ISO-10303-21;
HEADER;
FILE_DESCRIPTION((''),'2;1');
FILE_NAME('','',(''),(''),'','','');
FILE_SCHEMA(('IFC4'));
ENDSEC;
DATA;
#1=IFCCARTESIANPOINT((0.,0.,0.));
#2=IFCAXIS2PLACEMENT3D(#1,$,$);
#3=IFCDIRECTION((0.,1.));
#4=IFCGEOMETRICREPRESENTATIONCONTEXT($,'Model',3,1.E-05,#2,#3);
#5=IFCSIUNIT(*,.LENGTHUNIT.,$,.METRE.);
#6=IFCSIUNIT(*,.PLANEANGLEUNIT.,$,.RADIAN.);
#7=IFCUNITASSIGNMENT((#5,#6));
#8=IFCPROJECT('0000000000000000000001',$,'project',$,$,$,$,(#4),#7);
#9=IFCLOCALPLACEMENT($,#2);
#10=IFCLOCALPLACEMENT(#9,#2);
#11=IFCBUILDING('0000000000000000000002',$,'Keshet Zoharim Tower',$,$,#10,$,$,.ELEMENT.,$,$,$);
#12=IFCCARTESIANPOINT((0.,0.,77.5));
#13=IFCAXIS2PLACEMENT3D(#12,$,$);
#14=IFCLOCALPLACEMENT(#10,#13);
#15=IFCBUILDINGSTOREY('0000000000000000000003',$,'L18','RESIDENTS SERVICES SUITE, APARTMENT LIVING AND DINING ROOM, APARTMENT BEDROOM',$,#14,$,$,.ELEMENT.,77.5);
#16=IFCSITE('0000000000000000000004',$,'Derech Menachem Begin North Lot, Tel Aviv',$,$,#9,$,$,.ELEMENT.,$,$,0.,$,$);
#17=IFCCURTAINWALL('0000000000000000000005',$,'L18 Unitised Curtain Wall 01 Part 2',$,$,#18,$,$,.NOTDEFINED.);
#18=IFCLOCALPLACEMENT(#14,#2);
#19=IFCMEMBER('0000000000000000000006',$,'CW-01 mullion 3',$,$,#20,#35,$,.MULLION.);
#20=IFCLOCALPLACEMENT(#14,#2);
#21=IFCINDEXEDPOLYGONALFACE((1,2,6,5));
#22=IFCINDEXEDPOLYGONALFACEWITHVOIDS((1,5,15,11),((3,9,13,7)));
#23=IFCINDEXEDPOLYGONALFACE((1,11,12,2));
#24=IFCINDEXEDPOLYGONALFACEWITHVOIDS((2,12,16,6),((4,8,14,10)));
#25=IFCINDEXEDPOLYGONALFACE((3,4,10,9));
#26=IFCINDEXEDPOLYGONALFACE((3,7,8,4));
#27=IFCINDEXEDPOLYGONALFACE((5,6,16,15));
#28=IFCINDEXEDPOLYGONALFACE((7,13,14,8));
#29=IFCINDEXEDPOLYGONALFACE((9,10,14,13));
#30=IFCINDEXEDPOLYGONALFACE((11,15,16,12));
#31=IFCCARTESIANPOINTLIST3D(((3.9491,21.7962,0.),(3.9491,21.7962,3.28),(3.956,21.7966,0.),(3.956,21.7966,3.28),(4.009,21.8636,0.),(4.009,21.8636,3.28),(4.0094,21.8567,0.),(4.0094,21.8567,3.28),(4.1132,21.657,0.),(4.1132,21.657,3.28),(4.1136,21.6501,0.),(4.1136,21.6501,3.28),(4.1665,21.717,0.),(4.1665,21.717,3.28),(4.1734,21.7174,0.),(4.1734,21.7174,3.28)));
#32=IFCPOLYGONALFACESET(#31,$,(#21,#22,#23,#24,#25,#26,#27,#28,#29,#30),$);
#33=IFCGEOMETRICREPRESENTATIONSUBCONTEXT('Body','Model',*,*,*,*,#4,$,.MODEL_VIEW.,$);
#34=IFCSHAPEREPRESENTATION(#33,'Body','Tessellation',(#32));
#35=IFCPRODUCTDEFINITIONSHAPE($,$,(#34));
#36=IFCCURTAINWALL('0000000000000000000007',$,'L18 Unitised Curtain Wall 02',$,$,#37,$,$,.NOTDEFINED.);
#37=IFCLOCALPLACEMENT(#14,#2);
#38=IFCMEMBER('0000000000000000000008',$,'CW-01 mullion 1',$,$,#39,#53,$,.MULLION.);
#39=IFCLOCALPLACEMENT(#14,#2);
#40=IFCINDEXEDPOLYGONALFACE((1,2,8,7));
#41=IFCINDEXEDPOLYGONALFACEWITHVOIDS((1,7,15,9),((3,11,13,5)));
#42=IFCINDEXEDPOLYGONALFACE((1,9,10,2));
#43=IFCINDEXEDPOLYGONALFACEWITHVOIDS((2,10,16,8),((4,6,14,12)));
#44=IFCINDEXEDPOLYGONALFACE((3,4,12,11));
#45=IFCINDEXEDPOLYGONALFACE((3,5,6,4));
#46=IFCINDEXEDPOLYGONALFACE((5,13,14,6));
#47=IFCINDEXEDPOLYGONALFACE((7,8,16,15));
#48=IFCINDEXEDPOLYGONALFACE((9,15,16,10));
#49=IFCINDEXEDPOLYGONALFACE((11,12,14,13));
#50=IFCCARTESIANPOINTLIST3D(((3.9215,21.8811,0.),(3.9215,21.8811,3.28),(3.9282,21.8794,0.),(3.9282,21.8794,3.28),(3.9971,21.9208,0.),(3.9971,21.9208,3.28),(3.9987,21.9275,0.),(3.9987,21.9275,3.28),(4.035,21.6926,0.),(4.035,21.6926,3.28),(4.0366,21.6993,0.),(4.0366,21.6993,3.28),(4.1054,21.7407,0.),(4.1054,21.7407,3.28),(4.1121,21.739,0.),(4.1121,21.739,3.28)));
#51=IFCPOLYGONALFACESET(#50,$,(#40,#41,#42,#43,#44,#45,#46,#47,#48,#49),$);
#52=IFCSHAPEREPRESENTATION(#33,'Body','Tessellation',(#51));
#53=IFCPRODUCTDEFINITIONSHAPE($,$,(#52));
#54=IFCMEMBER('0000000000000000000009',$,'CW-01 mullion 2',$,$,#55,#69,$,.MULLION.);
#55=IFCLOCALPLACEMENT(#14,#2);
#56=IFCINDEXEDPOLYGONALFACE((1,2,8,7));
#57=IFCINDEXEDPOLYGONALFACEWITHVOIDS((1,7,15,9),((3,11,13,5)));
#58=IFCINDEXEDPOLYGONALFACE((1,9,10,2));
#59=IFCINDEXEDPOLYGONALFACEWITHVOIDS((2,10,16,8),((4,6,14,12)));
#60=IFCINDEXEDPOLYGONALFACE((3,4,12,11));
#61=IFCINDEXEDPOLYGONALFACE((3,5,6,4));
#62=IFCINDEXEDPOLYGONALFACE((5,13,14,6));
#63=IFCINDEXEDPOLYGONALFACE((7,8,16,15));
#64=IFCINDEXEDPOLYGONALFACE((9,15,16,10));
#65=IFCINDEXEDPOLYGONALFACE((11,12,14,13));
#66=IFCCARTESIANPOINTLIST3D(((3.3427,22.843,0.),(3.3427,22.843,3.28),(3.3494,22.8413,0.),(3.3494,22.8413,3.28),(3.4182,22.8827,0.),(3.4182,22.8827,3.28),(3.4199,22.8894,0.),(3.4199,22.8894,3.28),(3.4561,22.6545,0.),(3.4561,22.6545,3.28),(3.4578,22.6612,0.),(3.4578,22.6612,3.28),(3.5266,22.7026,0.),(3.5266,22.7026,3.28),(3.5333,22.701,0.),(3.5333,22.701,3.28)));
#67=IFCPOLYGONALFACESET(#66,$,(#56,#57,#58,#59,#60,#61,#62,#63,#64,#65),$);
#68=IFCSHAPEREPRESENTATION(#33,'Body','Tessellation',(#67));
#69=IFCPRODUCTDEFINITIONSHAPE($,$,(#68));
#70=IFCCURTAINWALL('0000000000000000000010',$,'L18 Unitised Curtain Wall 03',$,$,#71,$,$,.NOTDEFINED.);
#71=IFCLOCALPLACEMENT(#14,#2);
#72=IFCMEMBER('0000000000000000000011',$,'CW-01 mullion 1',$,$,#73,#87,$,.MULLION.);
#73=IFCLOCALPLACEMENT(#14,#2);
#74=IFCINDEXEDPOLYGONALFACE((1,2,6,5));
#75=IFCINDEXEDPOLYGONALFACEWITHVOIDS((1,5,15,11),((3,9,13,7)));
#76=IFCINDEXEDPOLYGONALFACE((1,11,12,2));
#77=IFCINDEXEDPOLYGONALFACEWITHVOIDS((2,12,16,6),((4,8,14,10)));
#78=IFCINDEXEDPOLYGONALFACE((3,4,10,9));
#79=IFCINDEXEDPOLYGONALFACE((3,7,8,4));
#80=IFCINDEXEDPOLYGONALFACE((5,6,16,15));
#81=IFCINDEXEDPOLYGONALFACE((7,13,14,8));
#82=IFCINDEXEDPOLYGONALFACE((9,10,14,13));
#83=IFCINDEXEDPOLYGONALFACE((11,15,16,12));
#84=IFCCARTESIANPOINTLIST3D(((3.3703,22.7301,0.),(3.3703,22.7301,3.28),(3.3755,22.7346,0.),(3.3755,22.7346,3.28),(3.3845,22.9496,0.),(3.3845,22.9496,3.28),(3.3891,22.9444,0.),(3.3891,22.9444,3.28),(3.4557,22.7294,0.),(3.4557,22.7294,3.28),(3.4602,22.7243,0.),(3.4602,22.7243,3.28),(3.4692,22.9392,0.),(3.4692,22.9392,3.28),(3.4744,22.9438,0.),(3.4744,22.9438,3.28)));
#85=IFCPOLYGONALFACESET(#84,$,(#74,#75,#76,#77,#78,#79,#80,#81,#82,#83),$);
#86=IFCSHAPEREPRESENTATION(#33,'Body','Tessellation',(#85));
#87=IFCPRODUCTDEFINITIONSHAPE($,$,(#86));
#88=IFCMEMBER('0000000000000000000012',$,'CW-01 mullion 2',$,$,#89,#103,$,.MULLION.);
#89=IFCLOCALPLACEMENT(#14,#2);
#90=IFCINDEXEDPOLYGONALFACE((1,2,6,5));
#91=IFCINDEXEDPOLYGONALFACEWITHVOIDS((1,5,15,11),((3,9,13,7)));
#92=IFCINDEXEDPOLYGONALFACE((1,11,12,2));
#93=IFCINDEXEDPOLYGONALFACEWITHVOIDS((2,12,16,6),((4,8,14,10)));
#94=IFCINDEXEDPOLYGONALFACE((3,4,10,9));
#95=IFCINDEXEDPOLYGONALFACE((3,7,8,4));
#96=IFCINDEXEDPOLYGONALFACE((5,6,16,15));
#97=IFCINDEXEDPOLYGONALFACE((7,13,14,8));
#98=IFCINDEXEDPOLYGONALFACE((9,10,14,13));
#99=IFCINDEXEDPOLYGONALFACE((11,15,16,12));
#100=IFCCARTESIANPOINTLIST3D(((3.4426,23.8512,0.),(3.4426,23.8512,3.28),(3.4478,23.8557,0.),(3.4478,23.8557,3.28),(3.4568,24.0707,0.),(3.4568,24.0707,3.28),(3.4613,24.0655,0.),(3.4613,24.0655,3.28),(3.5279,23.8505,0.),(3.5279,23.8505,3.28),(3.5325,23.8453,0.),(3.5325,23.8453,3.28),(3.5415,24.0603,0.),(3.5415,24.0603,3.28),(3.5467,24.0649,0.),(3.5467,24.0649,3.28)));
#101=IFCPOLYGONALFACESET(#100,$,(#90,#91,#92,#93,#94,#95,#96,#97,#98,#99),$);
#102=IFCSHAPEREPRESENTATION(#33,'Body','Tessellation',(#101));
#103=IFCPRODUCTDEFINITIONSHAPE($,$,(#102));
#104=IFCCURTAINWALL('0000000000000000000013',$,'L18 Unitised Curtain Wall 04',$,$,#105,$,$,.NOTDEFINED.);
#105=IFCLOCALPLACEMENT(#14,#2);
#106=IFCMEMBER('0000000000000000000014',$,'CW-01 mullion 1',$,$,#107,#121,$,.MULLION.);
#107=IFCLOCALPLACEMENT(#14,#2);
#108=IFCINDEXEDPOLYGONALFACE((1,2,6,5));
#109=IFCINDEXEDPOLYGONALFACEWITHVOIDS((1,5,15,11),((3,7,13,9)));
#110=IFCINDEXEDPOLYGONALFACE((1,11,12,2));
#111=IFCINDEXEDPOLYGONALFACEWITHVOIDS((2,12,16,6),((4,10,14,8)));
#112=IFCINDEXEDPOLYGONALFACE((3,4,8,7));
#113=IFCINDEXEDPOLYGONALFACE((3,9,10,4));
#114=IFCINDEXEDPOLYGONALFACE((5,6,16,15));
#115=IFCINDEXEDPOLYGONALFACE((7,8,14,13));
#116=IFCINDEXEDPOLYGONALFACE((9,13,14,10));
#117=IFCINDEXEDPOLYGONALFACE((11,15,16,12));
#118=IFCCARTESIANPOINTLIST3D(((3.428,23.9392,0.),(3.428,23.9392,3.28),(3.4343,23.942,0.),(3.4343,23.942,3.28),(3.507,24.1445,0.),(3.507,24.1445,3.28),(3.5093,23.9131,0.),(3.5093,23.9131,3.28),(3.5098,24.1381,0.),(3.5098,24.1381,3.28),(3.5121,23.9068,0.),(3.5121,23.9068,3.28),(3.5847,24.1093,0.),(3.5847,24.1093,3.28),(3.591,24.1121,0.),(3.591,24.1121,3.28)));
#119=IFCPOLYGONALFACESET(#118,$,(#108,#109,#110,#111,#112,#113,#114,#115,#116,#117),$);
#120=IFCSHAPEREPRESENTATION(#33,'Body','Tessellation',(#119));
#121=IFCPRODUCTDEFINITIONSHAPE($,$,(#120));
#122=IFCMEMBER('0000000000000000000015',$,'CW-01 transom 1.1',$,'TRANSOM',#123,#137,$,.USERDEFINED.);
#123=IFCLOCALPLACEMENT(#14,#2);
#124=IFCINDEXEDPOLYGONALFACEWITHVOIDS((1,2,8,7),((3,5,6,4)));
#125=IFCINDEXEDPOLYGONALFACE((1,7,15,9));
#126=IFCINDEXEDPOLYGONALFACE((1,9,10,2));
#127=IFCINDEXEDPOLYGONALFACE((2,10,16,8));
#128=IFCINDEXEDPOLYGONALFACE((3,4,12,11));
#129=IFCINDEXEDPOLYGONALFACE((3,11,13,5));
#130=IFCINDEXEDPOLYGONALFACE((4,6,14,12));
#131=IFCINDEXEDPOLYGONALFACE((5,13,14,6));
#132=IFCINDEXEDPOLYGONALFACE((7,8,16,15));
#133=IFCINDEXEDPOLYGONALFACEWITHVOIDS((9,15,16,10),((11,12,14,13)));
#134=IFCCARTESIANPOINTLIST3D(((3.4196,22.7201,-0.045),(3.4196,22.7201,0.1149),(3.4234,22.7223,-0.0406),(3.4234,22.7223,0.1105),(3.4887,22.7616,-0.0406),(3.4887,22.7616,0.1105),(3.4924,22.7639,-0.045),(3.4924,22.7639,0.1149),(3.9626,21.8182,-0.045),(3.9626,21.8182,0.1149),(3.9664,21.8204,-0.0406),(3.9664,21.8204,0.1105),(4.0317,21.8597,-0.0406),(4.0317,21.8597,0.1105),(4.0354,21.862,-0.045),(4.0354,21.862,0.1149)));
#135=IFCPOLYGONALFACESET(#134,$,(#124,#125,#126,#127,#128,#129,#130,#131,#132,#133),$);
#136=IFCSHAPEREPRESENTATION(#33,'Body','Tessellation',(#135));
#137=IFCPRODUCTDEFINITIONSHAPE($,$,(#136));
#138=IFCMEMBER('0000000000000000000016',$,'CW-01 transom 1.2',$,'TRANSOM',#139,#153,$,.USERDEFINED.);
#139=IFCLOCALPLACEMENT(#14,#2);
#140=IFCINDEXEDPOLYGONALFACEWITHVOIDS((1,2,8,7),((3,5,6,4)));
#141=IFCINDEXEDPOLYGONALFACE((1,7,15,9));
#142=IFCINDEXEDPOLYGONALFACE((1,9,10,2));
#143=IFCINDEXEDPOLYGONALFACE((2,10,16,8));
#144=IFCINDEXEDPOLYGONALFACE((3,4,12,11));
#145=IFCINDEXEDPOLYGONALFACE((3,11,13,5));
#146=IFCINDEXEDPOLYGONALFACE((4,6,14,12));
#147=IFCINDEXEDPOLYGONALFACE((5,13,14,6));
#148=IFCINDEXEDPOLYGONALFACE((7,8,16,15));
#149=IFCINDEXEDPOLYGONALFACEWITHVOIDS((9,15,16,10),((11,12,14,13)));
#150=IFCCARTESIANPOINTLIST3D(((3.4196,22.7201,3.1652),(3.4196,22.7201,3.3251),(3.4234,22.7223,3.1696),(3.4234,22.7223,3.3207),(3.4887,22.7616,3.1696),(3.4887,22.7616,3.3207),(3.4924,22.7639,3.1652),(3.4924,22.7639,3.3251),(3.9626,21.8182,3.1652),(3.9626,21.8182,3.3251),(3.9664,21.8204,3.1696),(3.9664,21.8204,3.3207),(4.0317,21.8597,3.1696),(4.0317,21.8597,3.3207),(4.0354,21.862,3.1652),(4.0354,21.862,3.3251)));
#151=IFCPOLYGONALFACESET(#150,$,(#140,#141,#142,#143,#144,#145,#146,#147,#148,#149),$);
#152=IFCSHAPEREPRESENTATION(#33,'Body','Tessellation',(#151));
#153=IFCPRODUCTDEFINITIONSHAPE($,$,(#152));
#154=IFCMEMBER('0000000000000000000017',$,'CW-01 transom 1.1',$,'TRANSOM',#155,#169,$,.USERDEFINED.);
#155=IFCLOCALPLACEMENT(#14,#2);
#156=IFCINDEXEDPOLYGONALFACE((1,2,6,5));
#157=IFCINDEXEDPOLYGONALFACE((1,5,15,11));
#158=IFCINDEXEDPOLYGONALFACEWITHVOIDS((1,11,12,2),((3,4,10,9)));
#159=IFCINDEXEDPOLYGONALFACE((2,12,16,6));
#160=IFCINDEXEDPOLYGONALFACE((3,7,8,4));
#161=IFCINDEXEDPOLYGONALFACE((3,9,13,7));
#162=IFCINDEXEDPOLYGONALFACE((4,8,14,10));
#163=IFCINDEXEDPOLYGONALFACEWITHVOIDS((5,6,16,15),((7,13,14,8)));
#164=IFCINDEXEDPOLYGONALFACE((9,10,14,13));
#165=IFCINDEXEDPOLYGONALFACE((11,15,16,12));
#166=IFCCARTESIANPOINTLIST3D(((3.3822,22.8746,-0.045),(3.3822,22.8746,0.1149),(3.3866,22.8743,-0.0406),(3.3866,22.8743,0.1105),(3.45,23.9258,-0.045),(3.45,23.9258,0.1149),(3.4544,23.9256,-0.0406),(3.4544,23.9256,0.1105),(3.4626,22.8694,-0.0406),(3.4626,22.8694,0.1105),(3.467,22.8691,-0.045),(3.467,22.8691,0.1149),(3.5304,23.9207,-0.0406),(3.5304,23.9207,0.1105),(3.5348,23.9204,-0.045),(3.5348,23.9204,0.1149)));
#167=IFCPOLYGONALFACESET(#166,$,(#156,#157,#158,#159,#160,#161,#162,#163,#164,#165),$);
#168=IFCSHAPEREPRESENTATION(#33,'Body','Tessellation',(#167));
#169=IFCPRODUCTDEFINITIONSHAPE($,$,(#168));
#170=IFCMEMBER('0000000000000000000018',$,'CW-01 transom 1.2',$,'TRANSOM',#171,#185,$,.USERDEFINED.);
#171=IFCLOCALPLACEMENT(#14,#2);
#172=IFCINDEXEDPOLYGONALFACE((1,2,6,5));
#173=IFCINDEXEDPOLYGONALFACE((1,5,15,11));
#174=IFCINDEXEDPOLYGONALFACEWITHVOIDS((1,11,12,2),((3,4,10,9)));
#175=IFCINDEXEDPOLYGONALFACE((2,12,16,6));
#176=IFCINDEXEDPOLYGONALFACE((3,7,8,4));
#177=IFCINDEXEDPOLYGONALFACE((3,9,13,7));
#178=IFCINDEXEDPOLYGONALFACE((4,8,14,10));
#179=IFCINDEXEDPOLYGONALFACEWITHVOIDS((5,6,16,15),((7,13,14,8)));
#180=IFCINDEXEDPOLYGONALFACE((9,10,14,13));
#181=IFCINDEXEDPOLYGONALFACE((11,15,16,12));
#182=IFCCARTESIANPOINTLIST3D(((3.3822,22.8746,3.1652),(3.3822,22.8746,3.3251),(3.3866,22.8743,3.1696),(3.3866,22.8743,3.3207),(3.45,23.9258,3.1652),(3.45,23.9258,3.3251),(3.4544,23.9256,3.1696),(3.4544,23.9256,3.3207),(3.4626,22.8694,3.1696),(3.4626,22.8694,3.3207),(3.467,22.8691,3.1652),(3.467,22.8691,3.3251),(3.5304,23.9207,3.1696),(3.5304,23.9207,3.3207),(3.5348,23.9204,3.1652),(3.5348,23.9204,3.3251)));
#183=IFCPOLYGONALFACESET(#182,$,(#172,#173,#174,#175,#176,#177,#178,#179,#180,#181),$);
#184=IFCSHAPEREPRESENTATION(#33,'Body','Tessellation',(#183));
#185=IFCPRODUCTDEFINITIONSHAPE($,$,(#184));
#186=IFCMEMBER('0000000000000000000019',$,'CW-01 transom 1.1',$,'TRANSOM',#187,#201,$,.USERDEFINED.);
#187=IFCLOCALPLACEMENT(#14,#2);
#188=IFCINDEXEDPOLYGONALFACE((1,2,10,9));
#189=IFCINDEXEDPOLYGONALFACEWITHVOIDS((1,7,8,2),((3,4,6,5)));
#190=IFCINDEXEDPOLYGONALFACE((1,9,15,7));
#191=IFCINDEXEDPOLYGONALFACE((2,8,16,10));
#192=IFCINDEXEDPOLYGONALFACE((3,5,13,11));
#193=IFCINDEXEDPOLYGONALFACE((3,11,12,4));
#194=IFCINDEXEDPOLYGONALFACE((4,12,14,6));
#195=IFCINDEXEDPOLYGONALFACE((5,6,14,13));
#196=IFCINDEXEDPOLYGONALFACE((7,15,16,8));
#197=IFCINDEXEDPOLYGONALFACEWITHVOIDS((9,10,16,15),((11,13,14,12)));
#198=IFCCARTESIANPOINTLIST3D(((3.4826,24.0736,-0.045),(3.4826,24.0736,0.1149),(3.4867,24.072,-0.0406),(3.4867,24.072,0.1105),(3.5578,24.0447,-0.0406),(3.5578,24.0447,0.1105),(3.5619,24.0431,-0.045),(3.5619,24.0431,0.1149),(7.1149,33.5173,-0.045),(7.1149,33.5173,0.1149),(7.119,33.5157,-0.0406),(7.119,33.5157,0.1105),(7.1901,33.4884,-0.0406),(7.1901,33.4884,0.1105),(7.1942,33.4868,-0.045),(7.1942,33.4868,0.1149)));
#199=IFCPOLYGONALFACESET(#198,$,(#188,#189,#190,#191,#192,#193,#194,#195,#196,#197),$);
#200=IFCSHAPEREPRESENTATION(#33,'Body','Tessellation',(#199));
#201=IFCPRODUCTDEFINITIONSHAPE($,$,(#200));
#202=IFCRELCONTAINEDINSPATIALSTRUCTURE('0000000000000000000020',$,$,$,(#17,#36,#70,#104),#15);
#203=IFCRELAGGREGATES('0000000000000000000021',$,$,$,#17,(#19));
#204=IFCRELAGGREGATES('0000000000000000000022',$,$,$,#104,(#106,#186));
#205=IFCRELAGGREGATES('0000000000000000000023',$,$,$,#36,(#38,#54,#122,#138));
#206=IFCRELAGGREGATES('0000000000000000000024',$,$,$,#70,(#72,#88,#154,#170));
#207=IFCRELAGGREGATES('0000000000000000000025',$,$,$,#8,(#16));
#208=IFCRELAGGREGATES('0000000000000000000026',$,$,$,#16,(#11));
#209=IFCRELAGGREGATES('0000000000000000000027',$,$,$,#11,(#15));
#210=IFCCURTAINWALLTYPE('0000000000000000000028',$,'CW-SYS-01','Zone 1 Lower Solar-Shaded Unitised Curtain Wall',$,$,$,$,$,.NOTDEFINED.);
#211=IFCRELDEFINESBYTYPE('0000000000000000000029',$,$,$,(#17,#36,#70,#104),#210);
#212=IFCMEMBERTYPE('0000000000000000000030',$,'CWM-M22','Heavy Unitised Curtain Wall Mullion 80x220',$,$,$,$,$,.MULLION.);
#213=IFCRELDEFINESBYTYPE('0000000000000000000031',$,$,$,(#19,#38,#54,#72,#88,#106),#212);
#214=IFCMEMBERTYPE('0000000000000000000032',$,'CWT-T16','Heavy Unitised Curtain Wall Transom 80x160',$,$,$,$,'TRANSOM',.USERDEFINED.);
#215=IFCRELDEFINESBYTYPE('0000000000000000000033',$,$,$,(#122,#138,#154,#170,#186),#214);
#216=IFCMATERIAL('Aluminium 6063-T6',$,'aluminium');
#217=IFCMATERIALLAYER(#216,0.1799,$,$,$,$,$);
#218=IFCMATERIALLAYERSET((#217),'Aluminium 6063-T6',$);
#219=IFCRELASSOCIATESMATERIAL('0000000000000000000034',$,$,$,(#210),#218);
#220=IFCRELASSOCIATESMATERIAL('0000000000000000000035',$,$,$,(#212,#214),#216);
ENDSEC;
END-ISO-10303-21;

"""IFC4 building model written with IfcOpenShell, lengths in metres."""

from ifc_helpers import new_model, si_unit, direction, frame, origin, origin_2d, place, context, subcontext, project, spatial, hollow_rectangle, extrude, material, layer, layer_set, material_profile, profile_set, type_object, element, aggregate, save


model = new_model("IFC4")

# Units and contexts
model_context = context("Model", 3, precision=1e-05, world=origin(), true_north=direction((0.0, 1.0)))
body_context = subcontext(model_context, "Body", "Model", "MODEL_VIEW")
ifc_project = project(units=[si_unit("LENGTHUNIT", "METRE"), si_unit("PLANEANGLEUNIT", "RADIAN")], contexts=[model_context])

# Site, building, storey
site_placement = place(None, origin())
site = spatial("IfcSite", under=ifc_project, at=site_placement, Name="Derech Menachem Begin North Lot, Tel Aviv", CompositionType="ELEMENT", RefElevation=0.0)
building_placement = place(site_placement, origin())
building = spatial("IfcBuilding", under=site, at=building_placement, Name="Keshet Zoharim Tower", CompositionType="ELEMENT")
storey_placement = place(building_placement, frame((0.0, 0.0, 77.5)))
storey = spatial("IfcBuildingStorey", under=building, at=storey_placement, Name="L18", Description="RESIDENTS SERVICES SUITE, APARTMENT LIVING AND DINING ROOM, APARTMENT BEDROOM", CompositionType="ELEMENT", Elevation=77.5)

# Curtain wall, member
ifc_material_1 = material(Name="Aluminium 6063-T6", Category="aluminium")
ifc_layer_1 = layer(ifc_material_1, 0.1799)
ifc_layer_set_1 = layer_set([ifc_layer_1], Name="Aluminium 6063-T6")
curtain_wall_type = type_object("IfcCurtainWallType", Name="CW-SYS-01", Description="Zone 1 Lower Solar-Shaded Unitised Curtain Wall", PredefinedType="NOTDEFINED", material=ifc_layer_set_1)
curtain_wall_1_placement = place(storey_placement, origin())
curtain_wall_1 = element("IfcCurtainWall", 1, at=curtain_wall_1_placement, inside=storey, type_object=curtain_wall_type, Name="L18 Unitised Curtain Wall 01 Part 2", PredefinedType="NOTDEFINED")
ifc_material_profile_1 = material_profile(ifc_material_1, hollow_rectangle(XDim=0.0901, YDim=0.22, WallThickness=0.0049, at=origin_2d()), Name="MUL-90x220")
ifc_profile_set_1 = profile_set([ifc_material_profile_1], Name="Aluminium 6063-T6")
member_type_1 = type_object("IfcMemberType", Name="CWM-M22", Description="Heavy Unitised Curtain Wall Mullion 80x220", PredefinedType="MULLION", material=ifc_profile_set_1)
member_1_placement = place(storey_placement, frame((4.0613, 21.7568, 0.0), z_axis=(0.0, 0.0, 1.0), x_axis=(-0.664364, -0.74741, 0.0)))
member_1 = element("IfcMember", 2, at=member_1_placement, type_object=member_type_1, Name="CW-01 mullion 3", PredefinedType="MULLION", context=body_context, shape_type="SweptSolid", body=[
    extrude(hollow_rectangle(XDim=0.0901, YDim=0.22, WallThickness=0.0049, at=origin_2d()), origin(), (0.0, 0.0, 1.0), 3.28),
])
aggregate(curtain_wall_1, [member_1])

# Curtain walls, members
curtain_wall_2_placement = place(storey_placement, origin())
curtain_wall_2 = element("IfcCurtainWall", 3, at=curtain_wall_2_placement, inside=storey, type_object=curtain_wall_type, Name="L18 Unitised Curtain Wall 02", PredefinedType="NOTDEFINED")
member_2_placement = place(storey_placement, frame((4.0168, 21.8101, 0.0), z_axis=(0.0, 0.0, 1.0), x_axis=(-0.856826, -0.515605, 0.0)))
member_2 = element("IfcMember", 4, at=member_2_placement, type_object=member_type_1, Name="CW-01 mullion 1", PredefinedType="MULLION", context=body_context, shape_type="SweptSolid", body=[
    extrude(hollow_rectangle(XDim=0.0901, YDim=0.22, WallThickness=0.0049, at=origin_2d()), origin(), (0.0, 0.0, 1.0), 3.28),
])
member_3_placement = place(storey_placement, frame((3.438, 22.772, 0.0), z_axis=(0.0, 0.0, 1.0), x_axis=(-0.856826, -0.515605, 0.0)))
member_3 = element("IfcMember", 5, at=member_3_placement, type_object=member_type_1, Name="CW-01 mullion 2", PredefinedType="MULLION", context=body_context, shape_type="SweptSolid", body=[
    extrude(hollow_rectangle(XDim=0.0901, YDim=0.22, WallThickness=0.0049, at=origin_2d()), origin(), (0.0, 0.0, 1.0), 3.28),
])
curtain_wall_3_placement = place(storey_placement, origin())
curtain_wall_3 = element("IfcCurtainWall", 6, at=curtain_wall_3_placement, inside=storey, type_object=curtain_wall_type, Name="L18 Unitised Curtain Wall 03", PredefinedType="NOTDEFINED")
member_4_placement = place(storey_placement, frame((3.4224, 22.8369, 0.0), z_axis=(0.0, 0.0, 1.0), x_axis=(-0.997917, 0.064517, 0.0)))
member_4 = element("IfcMember", 7, at=member_4_placement, type_object=member_type_1, Name="CW-01 mullion 1", PredefinedType="MULLION", context=body_context, shape_type="SweptSolid", body=[
    extrude(hollow_rectangle(XDim=0.0901, YDim=0.22, WallThickness=0.0049, at=origin_2d()), origin(), (0.0, 0.0, 1.0), 3.28),
])
member_5_placement = place(storey_placement, frame((3.4946, 23.958, 0.0), z_axis=(0.0, 0.0, 1.0), x_axis=(-0.997917, 0.064517, 0.0)))
member_5 = element("IfcMember", 8, at=member_5_placement, type_object=member_type_1, Name="CW-01 mullion 2", PredefinedType="MULLION", context=body_context, shape_type="SweptSolid", body=[
    extrude(hollow_rectangle(XDim=0.0901, YDim=0.22, WallThickness=0.0049, at=origin_2d()), origin(), (0.0, 0.0, 1.0), 3.28),
])

# Curtain wall, member
curtain_wall_4_placement = place(storey_placement, origin())
curtain_wall_4 = element("IfcCurtainWall", 9, at=curtain_wall_4_placement, inside=storey, type_object=curtain_wall_type, Name="L18 Unitised Curtain Wall 04", PredefinedType="NOTDEFINED")
member_6_placement = place(storey_placement, frame((3.5095, 24.0256, 0.0), z_axis=(0.0, 0.0, 1.0), x_axis=(-0.933341, 0.35899, 0.0)))
member_6 = element("IfcMember", 10, at=member_6_placement, type_object=member_type_1, Name="CW-01 mullion 1", PredefinedType="MULLION", context=body_context, shape_type="SweptSolid", body=[
    extrude(hollow_rectangle(XDim=0.0901, YDim=0.22, WallThickness=0.0049, at=origin_2d()), origin(), (0.0, 0.0, 1.0), 3.28),
])

# Members
ifc_material_profile_2 = material_profile(ifc_material_1, hollow_rectangle(XDim=0.085, YDim=0.1599, WallThickness=0.0044, at=origin_2d()), Name="TRN-85x160")
ifc_profile_set_2 = profile_set([ifc_material_profile_2], Name="Aluminium 6063-T6")
member_type_2 = type_object("IfcMemberType", Name="CWT-T16", Description="Heavy Unitised Curtain Wall Transom 80x160", ElementType="TRANSOM", PredefinedType="USERDEFINED", material=ifc_profile_set_2)
member_7_placement = place(storey_placement, frame((3.999, 21.8401, 0.0349), z_axis=(-0.515791, 0.856714, 0.0), x_axis=(-0.856714, -0.515791, 0.0)))
member_7 = element("IfcMember", 11, at=member_7_placement, type_object=member_type_2, Name="CW-01 transom 1.1", ObjectType="TRANSOM", PredefinedType="USERDEFINED", context=body_context, shape_type="SweptSolid", body=[
    extrude(hollow_rectangle(XDim=0.085, YDim=0.1599, WallThickness=0.0044, at=origin_2d()), origin(), (0.0, 0.0, 1.0), 1.0527),
])
member_8_placement = place(storey_placement, frame((3.999, 21.8401, 3.2451), z_axis=(-0.515791, 0.856714, 0.0), x_axis=(-0.856714, -0.515791, 0.0)))
member_8 = element("IfcMember", 12, at=member_8_placement, type_object=member_type_2, Name="CW-01 transom 1.2", ObjectType="TRANSOM", PredefinedType="USERDEFINED", context=body_context, shape_type="SweptSolid", body=[
    extrude(hollow_rectangle(XDim=0.085, YDim=0.1599, WallThickness=0.0044, at=origin_2d()), origin(), (0.0, 0.0, 1.0), 1.0527),
])
member_9_placement = place(storey_placement, frame((3.4246, 22.8718, 0.0349), z_axis=(0.064427, 0.997922, 0.0), x_axis=(-0.997922, 0.064427, 0.0)))
member_9 = element("IfcMember", 13, at=member_9_placement, type_object=member_type_2, Name="CW-01 transom 1.1", ObjectType="TRANSOM", PredefinedType="USERDEFINED", context=body_context, shape_type="SweptSolid", body=[
    extrude(hollow_rectangle(XDim=0.085, YDim=0.1599, WallThickness=0.0044, at=origin_2d()), origin(), (0.0, 0.0, 1.0), 1.0535),
])
member_10_placement = place(storey_placement, frame((3.4246, 22.8718, 3.2451), z_axis=(0.064427, 0.997922, 0.0), x_axis=(-0.997922, 0.064427, 0.0)))
member_10 = element("IfcMember", 14, at=member_10_placement, type_object=member_type_2, Name="CW-01 transom 1.2", ObjectType="TRANSOM", PredefinedType="USERDEFINED", context=body_context, shape_type="SweptSolid", body=[
    extrude(hollow_rectangle(XDim=0.085, YDim=0.1599, WallThickness=0.0044, at=origin_2d()), origin(), (0.0, 0.0, 1.0), 1.0535),
])
member_11_placement = place(storey_placement, frame((3.5222, 24.0583, 0.0349), z_axis=(0.358994, 0.93334, 0.0), x_axis=(-0.93334, 0.358994, 0.0)))
member_11 = element("IfcMember", 15, at=member_11_placement, type_object=member_type_2, Name="CW-01 transom 1.1", ObjectType="TRANSOM", PredefinedType="USERDEFINED", context=body_context, shape_type="SweptSolid", body=[
    extrude(hollow_rectangle(XDim=0.085, YDim=0.1599, WallThickness=0.0044, at=origin_2d()), origin(), (0.0, 0.0, 1.0), 10.1182),
])
aggregate(curtain_wall_4, [member_6, member_11])

aggregate(curtain_wall_2, [member_2, member_3, member_7, member_8])
aggregate(curtain_wall_3, [member_4, member_5, member_9, member_10])

save(model, "model.ifc")
